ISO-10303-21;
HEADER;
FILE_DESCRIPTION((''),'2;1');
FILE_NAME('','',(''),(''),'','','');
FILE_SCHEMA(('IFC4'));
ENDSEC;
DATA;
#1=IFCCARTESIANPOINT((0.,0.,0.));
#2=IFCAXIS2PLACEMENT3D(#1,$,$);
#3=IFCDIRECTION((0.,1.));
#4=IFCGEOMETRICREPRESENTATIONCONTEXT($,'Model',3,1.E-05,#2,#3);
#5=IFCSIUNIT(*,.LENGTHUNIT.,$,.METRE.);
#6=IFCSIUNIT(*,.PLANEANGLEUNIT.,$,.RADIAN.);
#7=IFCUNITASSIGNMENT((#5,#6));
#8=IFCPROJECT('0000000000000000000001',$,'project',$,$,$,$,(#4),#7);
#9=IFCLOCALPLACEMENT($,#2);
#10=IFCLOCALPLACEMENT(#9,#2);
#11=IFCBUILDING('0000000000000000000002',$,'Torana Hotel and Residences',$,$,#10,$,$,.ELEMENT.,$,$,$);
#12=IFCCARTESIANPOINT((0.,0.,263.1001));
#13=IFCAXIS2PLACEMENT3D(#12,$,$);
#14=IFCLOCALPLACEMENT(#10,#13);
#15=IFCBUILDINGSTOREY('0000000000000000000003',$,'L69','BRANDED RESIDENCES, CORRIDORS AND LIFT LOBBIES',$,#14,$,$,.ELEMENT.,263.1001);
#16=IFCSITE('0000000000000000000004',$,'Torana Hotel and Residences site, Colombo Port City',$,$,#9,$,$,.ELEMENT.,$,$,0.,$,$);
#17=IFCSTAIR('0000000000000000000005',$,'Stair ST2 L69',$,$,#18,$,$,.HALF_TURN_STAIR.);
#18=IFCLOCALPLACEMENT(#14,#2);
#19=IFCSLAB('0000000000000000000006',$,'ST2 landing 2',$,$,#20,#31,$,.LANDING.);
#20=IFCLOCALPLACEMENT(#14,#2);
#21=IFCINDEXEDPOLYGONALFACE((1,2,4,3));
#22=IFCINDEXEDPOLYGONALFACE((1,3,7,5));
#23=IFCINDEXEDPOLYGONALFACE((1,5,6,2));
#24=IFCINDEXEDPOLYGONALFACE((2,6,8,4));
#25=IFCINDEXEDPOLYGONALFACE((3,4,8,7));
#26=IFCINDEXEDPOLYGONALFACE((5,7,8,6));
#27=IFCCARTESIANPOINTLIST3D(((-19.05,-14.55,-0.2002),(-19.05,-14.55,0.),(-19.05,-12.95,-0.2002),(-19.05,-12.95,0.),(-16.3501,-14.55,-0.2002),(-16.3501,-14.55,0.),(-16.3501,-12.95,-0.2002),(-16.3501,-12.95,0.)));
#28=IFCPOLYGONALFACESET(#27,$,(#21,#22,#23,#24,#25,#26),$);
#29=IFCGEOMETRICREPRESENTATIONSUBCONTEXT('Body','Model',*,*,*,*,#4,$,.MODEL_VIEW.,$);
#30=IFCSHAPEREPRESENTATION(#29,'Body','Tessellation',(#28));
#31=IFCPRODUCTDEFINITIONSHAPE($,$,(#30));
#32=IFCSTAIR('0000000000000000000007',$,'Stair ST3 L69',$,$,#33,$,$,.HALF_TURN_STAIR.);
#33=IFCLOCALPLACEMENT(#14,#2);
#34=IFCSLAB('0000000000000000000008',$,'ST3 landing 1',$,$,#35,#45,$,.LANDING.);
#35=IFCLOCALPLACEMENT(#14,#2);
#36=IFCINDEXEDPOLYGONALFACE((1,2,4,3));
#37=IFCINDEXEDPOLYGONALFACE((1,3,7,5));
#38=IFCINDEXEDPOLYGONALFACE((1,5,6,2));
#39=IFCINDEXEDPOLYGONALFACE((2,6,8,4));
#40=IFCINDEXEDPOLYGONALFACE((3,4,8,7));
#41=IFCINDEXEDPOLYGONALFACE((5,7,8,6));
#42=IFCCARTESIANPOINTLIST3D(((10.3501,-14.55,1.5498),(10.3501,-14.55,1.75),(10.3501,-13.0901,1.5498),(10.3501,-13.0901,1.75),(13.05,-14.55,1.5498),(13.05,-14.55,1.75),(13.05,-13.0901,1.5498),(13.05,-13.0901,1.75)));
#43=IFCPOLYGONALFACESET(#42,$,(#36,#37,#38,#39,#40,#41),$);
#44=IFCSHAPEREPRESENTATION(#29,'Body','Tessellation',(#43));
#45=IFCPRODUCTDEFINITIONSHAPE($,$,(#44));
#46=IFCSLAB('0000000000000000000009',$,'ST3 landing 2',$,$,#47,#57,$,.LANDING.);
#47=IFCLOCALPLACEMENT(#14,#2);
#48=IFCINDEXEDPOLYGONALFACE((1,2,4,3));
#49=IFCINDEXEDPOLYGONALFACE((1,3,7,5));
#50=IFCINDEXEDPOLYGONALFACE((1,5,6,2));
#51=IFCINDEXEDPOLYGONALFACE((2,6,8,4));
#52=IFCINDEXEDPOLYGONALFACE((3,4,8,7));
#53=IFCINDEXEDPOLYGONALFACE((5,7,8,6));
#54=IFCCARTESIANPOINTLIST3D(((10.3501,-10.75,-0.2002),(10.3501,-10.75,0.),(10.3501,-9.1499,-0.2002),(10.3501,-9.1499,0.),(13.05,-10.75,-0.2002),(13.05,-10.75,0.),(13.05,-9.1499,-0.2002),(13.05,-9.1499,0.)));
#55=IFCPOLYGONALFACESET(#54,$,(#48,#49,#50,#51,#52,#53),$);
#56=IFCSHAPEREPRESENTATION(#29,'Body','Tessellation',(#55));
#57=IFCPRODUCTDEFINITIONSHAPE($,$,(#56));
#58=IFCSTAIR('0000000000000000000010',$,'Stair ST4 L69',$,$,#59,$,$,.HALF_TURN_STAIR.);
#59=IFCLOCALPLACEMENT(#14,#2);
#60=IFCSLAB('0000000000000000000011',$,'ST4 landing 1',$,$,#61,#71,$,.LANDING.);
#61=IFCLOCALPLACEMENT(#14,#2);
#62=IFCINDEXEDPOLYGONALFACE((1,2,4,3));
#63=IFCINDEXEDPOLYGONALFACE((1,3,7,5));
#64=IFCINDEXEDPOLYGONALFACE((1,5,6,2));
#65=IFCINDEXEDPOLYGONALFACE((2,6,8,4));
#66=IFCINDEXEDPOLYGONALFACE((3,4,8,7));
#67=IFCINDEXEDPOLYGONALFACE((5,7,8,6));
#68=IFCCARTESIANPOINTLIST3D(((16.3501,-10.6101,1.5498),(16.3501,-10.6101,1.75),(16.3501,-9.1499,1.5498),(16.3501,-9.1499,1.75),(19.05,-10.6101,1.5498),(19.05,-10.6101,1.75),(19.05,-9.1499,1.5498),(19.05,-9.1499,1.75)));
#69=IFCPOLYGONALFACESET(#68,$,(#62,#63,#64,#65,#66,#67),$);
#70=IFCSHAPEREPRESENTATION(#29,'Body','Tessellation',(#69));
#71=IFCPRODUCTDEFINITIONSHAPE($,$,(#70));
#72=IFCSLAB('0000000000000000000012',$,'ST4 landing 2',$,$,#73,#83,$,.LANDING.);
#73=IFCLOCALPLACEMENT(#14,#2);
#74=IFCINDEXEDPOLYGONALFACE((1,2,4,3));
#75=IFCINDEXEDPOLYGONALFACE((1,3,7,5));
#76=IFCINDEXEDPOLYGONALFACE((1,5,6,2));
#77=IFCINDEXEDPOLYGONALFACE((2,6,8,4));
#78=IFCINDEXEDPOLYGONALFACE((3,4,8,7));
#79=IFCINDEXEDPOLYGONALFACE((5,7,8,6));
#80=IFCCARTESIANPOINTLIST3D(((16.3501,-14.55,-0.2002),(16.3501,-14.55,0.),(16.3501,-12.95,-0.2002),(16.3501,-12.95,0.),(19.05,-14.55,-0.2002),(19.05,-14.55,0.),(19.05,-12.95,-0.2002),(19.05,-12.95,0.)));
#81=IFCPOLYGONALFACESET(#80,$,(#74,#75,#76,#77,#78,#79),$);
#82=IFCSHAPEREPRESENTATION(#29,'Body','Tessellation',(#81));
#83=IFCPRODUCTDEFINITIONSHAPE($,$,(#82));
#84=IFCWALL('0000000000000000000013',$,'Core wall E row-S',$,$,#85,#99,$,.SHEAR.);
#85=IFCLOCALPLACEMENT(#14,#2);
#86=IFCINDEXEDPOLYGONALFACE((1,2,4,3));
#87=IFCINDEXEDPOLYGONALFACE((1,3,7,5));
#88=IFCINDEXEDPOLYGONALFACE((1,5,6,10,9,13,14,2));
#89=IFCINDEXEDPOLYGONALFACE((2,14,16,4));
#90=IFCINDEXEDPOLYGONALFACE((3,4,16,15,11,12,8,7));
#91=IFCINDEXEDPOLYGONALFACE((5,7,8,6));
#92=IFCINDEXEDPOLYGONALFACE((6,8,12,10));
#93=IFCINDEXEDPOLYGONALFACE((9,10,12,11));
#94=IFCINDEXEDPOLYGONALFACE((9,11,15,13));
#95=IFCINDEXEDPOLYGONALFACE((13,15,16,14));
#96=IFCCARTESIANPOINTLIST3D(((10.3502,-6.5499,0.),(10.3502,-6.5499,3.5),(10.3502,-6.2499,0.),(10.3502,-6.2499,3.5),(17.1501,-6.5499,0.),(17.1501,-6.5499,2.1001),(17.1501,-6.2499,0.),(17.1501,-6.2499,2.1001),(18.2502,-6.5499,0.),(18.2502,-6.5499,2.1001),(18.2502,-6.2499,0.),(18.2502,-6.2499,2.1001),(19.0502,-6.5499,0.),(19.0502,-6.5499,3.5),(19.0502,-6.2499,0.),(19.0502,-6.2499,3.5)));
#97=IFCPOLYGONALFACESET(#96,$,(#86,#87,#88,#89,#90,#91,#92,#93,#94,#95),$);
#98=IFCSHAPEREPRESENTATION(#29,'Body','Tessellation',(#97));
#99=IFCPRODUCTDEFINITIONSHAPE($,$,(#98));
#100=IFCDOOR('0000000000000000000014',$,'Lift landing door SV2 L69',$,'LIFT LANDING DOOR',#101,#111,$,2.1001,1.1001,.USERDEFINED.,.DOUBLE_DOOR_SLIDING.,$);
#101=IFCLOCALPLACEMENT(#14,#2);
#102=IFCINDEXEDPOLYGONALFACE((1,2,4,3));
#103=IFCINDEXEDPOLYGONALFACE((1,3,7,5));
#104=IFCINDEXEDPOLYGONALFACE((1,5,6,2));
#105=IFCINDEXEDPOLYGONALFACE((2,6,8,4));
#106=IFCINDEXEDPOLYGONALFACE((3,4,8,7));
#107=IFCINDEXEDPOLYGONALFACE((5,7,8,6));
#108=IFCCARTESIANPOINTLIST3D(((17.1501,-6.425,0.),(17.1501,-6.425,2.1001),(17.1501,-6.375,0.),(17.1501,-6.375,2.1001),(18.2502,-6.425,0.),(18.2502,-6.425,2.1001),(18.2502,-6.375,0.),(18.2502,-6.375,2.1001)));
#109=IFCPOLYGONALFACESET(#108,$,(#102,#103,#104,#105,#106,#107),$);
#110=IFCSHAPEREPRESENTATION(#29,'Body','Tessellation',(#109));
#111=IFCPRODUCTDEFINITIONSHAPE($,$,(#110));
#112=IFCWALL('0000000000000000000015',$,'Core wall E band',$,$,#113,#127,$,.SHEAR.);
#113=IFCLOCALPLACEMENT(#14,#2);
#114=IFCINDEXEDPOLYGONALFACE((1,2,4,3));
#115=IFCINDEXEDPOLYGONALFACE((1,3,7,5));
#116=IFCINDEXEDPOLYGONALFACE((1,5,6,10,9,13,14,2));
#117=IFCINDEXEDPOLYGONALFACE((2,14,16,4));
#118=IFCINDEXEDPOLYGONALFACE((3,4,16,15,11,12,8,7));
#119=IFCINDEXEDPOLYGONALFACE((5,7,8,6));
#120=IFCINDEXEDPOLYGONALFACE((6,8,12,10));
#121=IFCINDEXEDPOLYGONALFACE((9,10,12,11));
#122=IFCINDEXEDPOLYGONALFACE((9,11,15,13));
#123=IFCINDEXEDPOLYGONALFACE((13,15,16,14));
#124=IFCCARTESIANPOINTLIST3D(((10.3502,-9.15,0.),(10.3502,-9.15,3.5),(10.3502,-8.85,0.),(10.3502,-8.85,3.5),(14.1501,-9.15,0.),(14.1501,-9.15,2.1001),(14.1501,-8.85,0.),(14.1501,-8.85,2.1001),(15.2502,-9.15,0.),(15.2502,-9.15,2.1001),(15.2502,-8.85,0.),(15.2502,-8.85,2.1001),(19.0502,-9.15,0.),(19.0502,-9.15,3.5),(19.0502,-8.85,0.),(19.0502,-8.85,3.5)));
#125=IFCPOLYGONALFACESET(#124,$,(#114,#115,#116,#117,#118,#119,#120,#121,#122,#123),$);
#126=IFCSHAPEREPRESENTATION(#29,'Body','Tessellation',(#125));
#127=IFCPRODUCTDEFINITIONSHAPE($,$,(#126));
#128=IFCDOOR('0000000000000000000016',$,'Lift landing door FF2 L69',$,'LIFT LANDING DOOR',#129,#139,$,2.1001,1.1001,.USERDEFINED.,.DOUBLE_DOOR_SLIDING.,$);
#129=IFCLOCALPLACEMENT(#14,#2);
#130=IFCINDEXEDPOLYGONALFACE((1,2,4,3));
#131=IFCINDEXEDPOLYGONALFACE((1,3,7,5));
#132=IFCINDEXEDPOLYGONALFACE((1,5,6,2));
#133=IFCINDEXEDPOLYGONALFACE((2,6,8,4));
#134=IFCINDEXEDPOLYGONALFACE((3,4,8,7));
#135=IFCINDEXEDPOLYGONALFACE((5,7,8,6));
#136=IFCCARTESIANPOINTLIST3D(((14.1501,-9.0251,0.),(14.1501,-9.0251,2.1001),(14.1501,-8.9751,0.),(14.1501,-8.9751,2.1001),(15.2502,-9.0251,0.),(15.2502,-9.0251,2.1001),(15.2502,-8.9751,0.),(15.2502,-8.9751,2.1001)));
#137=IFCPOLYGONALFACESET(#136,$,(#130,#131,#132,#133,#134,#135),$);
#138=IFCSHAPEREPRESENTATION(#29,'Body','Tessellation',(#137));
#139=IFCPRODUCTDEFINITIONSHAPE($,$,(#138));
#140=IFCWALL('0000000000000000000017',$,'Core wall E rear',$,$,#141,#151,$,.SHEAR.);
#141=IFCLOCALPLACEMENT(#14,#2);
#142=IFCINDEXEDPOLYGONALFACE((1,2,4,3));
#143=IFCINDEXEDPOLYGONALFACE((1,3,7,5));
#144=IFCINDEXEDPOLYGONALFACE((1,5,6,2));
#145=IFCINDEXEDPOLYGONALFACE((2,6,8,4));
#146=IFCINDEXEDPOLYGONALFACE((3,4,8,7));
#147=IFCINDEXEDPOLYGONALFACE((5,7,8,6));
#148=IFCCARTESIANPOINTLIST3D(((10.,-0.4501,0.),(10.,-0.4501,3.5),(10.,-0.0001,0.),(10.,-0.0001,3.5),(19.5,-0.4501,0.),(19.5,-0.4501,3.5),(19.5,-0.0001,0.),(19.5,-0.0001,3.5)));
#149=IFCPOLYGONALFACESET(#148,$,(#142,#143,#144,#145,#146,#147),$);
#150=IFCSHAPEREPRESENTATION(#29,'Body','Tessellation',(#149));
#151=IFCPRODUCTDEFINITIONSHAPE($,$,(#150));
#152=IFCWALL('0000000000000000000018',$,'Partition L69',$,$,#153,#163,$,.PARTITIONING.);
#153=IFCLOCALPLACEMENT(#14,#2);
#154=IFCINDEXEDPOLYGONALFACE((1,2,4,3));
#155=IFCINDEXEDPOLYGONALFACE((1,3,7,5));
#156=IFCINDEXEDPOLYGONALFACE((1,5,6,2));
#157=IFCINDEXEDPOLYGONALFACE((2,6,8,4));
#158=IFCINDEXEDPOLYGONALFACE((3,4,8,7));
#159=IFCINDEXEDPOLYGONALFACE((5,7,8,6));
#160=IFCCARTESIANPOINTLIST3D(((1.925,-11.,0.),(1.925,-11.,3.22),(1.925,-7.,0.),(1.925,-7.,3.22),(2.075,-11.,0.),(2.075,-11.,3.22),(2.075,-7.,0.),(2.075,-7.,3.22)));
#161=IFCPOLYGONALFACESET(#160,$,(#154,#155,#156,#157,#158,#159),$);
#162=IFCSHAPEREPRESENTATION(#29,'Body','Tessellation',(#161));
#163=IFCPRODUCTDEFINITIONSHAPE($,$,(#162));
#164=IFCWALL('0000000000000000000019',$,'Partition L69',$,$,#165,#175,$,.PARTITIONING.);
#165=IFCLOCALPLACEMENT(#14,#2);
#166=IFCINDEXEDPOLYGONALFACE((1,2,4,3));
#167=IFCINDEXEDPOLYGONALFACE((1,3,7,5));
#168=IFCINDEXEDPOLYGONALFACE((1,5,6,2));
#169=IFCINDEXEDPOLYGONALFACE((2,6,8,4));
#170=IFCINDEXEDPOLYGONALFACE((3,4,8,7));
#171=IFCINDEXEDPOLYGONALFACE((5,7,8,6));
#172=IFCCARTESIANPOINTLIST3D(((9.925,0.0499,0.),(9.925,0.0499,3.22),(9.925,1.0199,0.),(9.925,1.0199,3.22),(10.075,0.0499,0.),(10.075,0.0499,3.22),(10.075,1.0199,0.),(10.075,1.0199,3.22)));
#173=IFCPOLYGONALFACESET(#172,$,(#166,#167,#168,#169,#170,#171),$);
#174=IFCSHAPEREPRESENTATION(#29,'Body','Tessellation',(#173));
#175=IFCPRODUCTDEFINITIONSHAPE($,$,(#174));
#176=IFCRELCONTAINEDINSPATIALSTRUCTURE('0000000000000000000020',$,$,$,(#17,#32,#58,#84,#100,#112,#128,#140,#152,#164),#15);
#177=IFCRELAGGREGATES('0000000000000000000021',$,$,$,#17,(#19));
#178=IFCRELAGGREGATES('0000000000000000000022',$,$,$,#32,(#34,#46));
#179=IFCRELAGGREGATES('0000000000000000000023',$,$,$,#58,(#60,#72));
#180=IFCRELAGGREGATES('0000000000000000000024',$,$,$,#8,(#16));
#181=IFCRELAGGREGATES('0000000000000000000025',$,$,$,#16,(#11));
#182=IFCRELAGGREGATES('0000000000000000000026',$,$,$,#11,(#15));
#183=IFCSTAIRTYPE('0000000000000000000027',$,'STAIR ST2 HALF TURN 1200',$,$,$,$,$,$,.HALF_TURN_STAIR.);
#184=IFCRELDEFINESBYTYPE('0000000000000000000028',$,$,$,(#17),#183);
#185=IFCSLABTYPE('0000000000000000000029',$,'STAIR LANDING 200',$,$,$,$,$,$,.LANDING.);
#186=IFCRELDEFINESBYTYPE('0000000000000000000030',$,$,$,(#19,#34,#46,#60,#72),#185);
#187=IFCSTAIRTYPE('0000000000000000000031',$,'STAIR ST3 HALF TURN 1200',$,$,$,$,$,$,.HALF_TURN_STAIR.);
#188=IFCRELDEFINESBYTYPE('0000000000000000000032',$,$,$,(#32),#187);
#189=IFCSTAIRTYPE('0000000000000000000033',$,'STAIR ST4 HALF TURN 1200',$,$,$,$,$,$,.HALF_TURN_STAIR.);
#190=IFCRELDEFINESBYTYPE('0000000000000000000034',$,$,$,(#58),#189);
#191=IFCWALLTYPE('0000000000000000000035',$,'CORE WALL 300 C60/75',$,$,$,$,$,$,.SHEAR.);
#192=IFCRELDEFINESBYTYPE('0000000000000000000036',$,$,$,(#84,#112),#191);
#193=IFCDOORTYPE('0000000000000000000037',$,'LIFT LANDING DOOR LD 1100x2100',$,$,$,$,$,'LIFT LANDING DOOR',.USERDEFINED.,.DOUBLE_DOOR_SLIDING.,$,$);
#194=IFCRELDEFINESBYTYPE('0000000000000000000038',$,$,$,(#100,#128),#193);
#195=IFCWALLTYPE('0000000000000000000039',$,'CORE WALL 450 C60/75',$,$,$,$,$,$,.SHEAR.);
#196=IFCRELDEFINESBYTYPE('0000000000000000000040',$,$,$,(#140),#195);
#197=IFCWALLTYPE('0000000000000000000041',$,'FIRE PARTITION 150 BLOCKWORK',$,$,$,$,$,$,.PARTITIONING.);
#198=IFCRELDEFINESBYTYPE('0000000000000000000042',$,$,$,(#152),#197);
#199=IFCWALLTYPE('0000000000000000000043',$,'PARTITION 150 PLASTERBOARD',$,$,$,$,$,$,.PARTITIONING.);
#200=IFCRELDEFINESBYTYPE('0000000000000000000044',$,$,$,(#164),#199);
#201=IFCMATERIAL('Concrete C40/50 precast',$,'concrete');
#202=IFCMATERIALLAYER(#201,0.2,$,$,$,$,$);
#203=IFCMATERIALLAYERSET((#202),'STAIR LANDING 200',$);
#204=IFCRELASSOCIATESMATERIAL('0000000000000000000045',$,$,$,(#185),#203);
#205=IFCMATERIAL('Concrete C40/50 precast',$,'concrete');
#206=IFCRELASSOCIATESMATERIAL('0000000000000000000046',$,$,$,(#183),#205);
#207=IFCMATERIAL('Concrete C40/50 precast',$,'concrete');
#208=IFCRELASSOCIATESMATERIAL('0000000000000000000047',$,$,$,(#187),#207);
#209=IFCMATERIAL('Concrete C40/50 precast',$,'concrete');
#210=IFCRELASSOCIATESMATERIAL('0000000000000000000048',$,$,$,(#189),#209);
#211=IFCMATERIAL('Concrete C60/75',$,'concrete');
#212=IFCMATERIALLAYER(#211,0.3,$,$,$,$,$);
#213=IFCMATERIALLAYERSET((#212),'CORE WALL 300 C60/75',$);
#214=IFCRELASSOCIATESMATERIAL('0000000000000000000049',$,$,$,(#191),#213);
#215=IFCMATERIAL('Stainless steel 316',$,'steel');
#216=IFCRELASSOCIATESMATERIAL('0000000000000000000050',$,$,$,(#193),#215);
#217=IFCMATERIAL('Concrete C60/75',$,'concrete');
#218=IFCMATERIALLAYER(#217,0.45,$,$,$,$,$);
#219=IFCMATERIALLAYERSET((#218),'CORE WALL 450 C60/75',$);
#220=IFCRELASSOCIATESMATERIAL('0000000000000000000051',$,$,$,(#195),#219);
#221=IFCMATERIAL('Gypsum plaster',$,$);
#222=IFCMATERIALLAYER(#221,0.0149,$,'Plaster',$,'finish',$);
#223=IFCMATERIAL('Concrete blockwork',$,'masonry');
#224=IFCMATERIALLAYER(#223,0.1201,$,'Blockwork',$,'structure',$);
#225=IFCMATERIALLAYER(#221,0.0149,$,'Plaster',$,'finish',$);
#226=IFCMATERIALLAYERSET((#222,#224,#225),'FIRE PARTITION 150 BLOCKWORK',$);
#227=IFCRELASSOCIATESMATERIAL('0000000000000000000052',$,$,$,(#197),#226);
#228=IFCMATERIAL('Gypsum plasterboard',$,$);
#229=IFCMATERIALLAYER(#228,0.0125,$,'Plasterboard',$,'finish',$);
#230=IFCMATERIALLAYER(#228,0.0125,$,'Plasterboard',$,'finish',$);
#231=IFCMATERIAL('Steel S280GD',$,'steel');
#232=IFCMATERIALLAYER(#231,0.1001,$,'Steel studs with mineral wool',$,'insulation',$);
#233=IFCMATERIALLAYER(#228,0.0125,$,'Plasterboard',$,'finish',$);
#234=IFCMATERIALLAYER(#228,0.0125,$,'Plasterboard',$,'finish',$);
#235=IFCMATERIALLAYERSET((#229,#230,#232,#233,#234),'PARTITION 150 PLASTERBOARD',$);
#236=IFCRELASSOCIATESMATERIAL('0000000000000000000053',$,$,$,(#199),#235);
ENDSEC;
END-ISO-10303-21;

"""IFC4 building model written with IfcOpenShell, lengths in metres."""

from ifc_helpers import new_model, si_unit, direction, frame, frame_2d, origin, place, context, subcontext, project, spatial, polyline, rectangle, outline, extrude, material, layer, layer_set, type_object, element, fill, aggregate, save


model = new_model("IFC4")

# Units and contexts
model_context = context("Model", 3, precision=1e-05, world=origin(), true_north=direction((0.0, 1.0)))
body_context = subcontext(model_context, "Body", "Model", "MODEL_VIEW")
ifc_project = project(units=[si_unit("LENGTHUNIT", "METRE"), si_unit("PLANEANGLEUNIT", "RADIAN")], contexts=[model_context])

# Site, building, storey
site_placement = place(None, origin())
site = spatial("IfcSite", under=ifc_project, at=site_placement, Name="Torana Hotel and Residences site, Colombo Port City", CompositionType="ELEMENT", RefElevation=0.0)
building_placement = place(site_placement, origin())
building = spatial("IfcBuilding", under=site, at=building_placement, Name="Torana Hotel and Residences", CompositionType="ELEMENT")
storey_placement = place(building_placement, frame((0.0, 0.0, 263.1001)))
storey = spatial("IfcBuildingStorey", under=building, at=storey_placement, Name="L69", Description="BRANDED RESIDENCES, CORRIDORS AND LIFT LOBBIES", CompositionType="ELEMENT", Elevation=263.1001)

# Stairs, slabs
ifc_material_1 = material(Name="Concrete C40/50 precast", Category="concrete")
ifc_layer_1 = layer(ifc_material_1, 0.2)
ifc_layer_set_1 = layer_set([ifc_layer_1], Name="STAIR LANDING 200")
slab_type_1 = type_object("IfcSlabType", Name="STAIR LANDING 200", PredefinedType="LANDING", material=ifc_layer_set_1)
ifc_material_2 = material(Name="Concrete C40/50 precast", Category="concrete")
stair_type_1 = type_object("IfcStairType", Name="STAIR ST2 HALF TURN 1200", PredefinedType="HALF_TURN_STAIR", material=ifc_material_2)
stair_1_placement = place(storey_placement, origin())
stair_1 = element("IfcStair", 1, at=stair_1_placement, inside=storey, type_object=stair_type_1, Name="Stair ST2 L69", PredefinedType="HALF_TURN_STAIR")
slab_1_placement = place(storey_placement, frame((0.0, 0.0, -0.2002)))
slab_1 = element("IfcSlab", 2, at=slab_1_placement, type_object=slab_type_1, Name="ST2 landing 2", PredefinedType="LANDING", context=body_context, shape_type="SweptSolid", body=[
    extrude(outline(polyline([(-19.05, -14.55), (-16.3501, -14.55), (-16.3501, -12.95), (-19.05, -12.95), (-19.05, -14.55)])), origin(), (0.0, 0.0, 1.0), 0.2002),
])
aggregate(stair_1, [slab_1])
ifc_material_3 = material(Name="Concrete C40/50 precast", Category="concrete")
stair_type_2 = type_object("IfcStairType", Name="STAIR ST3 HALF TURN 1200", PredefinedType="HALF_TURN_STAIR", material=ifc_material_3)
stair_2_placement = place(storey_placement, origin())
stair_2 = element("IfcStair", 3, at=stair_2_placement, inside=storey, type_object=stair_type_2, Name="Stair ST3 L69", PredefinedType="HALF_TURN_STAIR")
slab_2_placement = place(storey_placement, frame((0.0, 0.0, 1.5498)))
slab_2 = element("IfcSlab", 4, at=slab_2_placement, type_object=slab_type_1, Name="ST3 landing 1", PredefinedType="LANDING", context=body_context, shape_type="SweptSolid", body=[
    extrude(outline(polyline([(10.3501, -14.55), (13.05, -14.55), (13.05, -13.0901), (10.3501, -13.0901), (10.3501, -14.55)])), origin(), (0.0, 0.0, 1.0), 0.2002),
])
slab_3_placement = place(storey_placement, frame((0.0, 0.0, -0.2002)))
slab_3 = element("IfcSlab", 5, at=slab_3_placement, type_object=slab_type_1, Name="ST3 landing 2", PredefinedType="LANDING", context=body_context, shape_type="SweptSolid", body=[
    extrude(outline(polyline([(10.3501, -10.75), (13.05, -10.75), (13.05, -9.1499), (10.3501, -9.1499), (10.3501, -10.75)])), origin(), (0.0, 0.0, 1.0), 0.2002),
])
aggregate(stair_2, [slab_2, slab_3])
ifc_material_4 = material(Name="Concrete C40/50 precast", Category="concrete")
stair_type_3 = type_object("IfcStairType", Name="STAIR ST4 HALF TURN 1200", PredefinedType="HALF_TURN_STAIR", material=ifc_material_4)
stair_3_placement = place(storey_placement, origin())
stair_3 = element("IfcStair", 6, at=stair_3_placement, inside=storey, type_object=stair_type_3, Name="Stair ST4 L69", PredefinedType="HALF_TURN_STAIR")
slab_4_placement = place(storey_placement, frame((0.0, 0.0, 1.5498)))
slab_4 = element("IfcSlab", 7, at=slab_4_placement, type_object=slab_type_1, Name="ST4 landing 1", PredefinedType="LANDING", context=body_context, shape_type="SweptSolid", body=[
    extrude(outline(polyline([(16.3501, -10.6101), (19.05, -10.6101), (19.05, -9.1499), (16.3501, -9.1499), (16.3501, -10.6101)])), origin(), (0.0, 0.0, 1.0), 0.2002),
])
slab_5_placement = place(storey_placement, frame((0.0, 0.0, -0.2002)))
slab_5 = element("IfcSlab", 8, at=slab_5_placement, type_object=slab_type_1, Name="ST4 landing 2", PredefinedType="LANDING", context=body_context, shape_type="SweptSolid", body=[
    extrude(outline(polyline([(16.3501, -14.55), (19.05, -14.55), (19.05, -12.95), (16.3501, -12.95), (16.3501, -14.55)])), origin(), (0.0, 0.0, 1.0), 0.2002),
])
aggregate(stair_3, [slab_4, slab_5])

# Walls, openings, doors
ifc_material_5 = material(Name="Concrete C60/75", Category="concrete")
ifc_layer_2 = layer(ifc_material_5, 0.3)
ifc_layer_set_2 = layer_set([ifc_layer_2], Name="CORE WALL 300 C60/75")
wall_type_1 = type_object("IfcWallType", Name="CORE WALL 300 C60/75", PredefinedType="SHEAR", material=ifc_layer_set_2)
wall_1_placement = place(storey_placement, frame((10.3501, -6.3999, 0.0), z_axis=(0.0, 0.0, 1.0), x_axis=(1.0, 0.0, 0.0)))
wall_1 = element("IfcWall", 9, at=wall_1_placement, inside=storey, type_object=wall_type_1, Name="Core wall E row-S", PredefinedType="SHEAR", context=body_context, shape_type="SweptSolid", body=[
    extrude(rectangle(XDim=8.7, YDim=0.3, at=frame_2d((4.3501, 0.0))), origin(), (0.0, 0.0, 1.0), 3.5),
])
opening_1_placement = place(wall_1_placement, frame((6.8, 0.0, 0.0)))
opening_1 = element("IfcOpeningElement", 10, at=opening_1_placement, cuts=wall_1, PredefinedType="OPENING", context=body_context, shape_type="SweptSolid", body=[
    extrude(rectangle(XDim=1.1001, YDim=2.1001, at=frame_2d((0.55, 1.05))), frame((0.0, 0.1599, 0.0), z_axis=(0.0, -1.0, 0.0), x_axis=(1.0, 0.0, 0.0)), (0.0, 0.0, 1.0), 0.3201),
])
ifc_material_6 = material(Name="Stainless steel 316", Category="steel")
door_type = type_object("IfcDoorType", Name="LIFT LANDING DOOR LD 1100x2100", ElementType="LIFT LANDING DOOR", OperationType="DOUBLE_DOOR_SLIDING", PredefinedType="USERDEFINED", material=ifc_material_6)
door_1_placement = place(opening_1_placement, origin())
door_1 = element("IfcDoor", 11, at=door_1_placement, inside=storey, type_object=door_type, Name="Lift landing door SV2 L69", ObjectType="LIFT LANDING DOOR", OperationType="DOUBLE_DOOR_SLIDING", OverallHeight=2.1001, OverallWidth=1.1001, PredefinedType="USERDEFINED", context=body_context, shape_type="SweptSolid", body=[
    extrude(rectangle(XDim=1.1001, YDim=2.1001, at=frame_2d((0.55, 1.05))), frame((0.0, 0.0249, 0.0), z_axis=(0.0, -1.0, 0.0), x_axis=(1.0, 0.0, 0.0)), (0.0, 0.0, 1.0), 0.05),
])
fill(opening_1, door_1)
wall_2_placement = place(storey_placement, frame((10.3501, -9.0, 0.0), z_axis=(0.0, 0.0, 1.0), x_axis=(1.0, 0.0, 0.0)))
wall_2 = element("IfcWall", 12, at=wall_2_placement, inside=storey, type_object=wall_type_1, Name="Core wall E band", PredefinedType="SHEAR", context=body_context, shape_type="SweptSolid", body=[
    extrude(rectangle(XDim=8.7, YDim=0.3, at=frame_2d((4.3501, 0.0))), origin(), (0.0, 0.0, 1.0), 3.5),
])
opening_2_placement = place(wall_2_placement, frame((3.8, 0.0, 0.0)))
opening_2 = element("IfcOpeningElement", 13, at=opening_2_placement, cuts=wall_2, PredefinedType="OPENING", context=body_context, shape_type="SweptSolid", body=[
    extrude(rectangle(XDim=1.1001, YDim=2.1001, at=frame_2d((0.55, 1.05))), frame((0.0, 0.1599, 0.0), z_axis=(0.0, -1.0, 0.0), x_axis=(1.0, 0.0, 0.0)), (0.0, 0.0, 1.0), 0.3201),
])
door_2_placement = place(opening_2_placement, origin())
door_2 = element("IfcDoor", 14, at=door_2_placement, inside=storey, type_object=door_type, Name="Lift landing door FF2 L69", ObjectType="LIFT LANDING DOOR", OperationType="DOUBLE_DOOR_SLIDING", OverallHeight=2.1001, OverallWidth=1.1001, PredefinedType="USERDEFINED", context=body_context, shape_type="SweptSolid", body=[
    extrude(rectangle(XDim=1.1001, YDim=2.1001, at=frame_2d((0.55, 1.05))), frame((0.0, 0.0249, 0.0), z_axis=(0.0, -1.0, 0.0), x_axis=(1.0, 0.0, 0.0)), (0.0, 0.0, 1.0), 0.05),
])
fill(opening_2, door_2)

# Walls
ifc_material_7 = material(Name="Concrete C60/75", Category="concrete")
ifc_layer_3 = layer(ifc_material_7, 0.45)
ifc_layer_set_3 = layer_set([ifc_layer_3], Name="CORE WALL 450 C60/75")
wall_type_2 = type_object("IfcWallType", Name="CORE WALL 450 C60/75", PredefinedType="SHEAR", material=ifc_layer_set_3)
wall_3_placement = place(storey_placement, frame((10.0, -0.2251, 0.0), z_axis=(0.0, 0.0, 1.0), x_axis=(1.0, 0.0, 0.0)))
element("IfcWall", 15, at=wall_3_placement, inside=storey, type_object=wall_type_2, Name="Core wall E rear", PredefinedType="SHEAR", context=body_context, shape_type="SweptSolid", body=[
    extrude(rectangle(XDim=9.5, YDim=0.45, at=frame_2d((4.75, 0.0))), origin(), (0.0, 0.0, 1.0), 3.5),
])
ifc_material_8 = material(Name="Gypsum plaster")
ifc_layer_4 = layer(ifc_material_8, 0.0149, Name="Plaster", Category="finish")
ifc_material_9 = material(Name="Concrete blockwork", Category="masonry")
ifc_layer_5 = layer(ifc_material_9, 0.1201, Name="Blockwork", Category="structure")
ifc_layer_6 = layer(ifc_material_8, 0.0149, Name="Plaster", Category="finish")
ifc_layer_set_4 = layer_set([ifc_layer_4, ifc_layer_5, ifc_layer_6], Name="FIRE PARTITION 150 BLOCKWORK")
wall_type_3 = type_object("IfcWallType", Name="FIRE PARTITION 150 BLOCKWORK", PredefinedType="PARTITIONING", material=ifc_layer_set_4)
wall_4_placement = place(storey_placement, frame((2.0, -11.0, 0.0), z_axis=(0.0, 0.0, 1.0), x_axis=(0.0, 1.0, 0.0)))
element("IfcWall", 16, at=wall_4_placement, inside=storey, type_object=wall_type_3, Name="Partition L69", PredefinedType="PARTITIONING", context=body_context, shape_type="SweptSolid", body=[
    extrude(rectangle(XDim=4.0, YDim=0.1499, at=frame_2d((2.0, 0.0))), origin(), (0.0, 0.0, 1.0), 3.22),
])
ifc_material_10 = material(Name="Gypsum plasterboard")
ifc_layer_7 = layer(ifc_material_10, 0.0125, Name="Plasterboard", Category="finish")
ifc_layer_8 = layer(ifc_material_10, 0.0125, Name="Plasterboard", Category="finish")
ifc_material_11 = material(Name="Steel S280GD", Category="steel")
ifc_layer_9 = layer(ifc_material_11, 0.1001, Name="Steel studs with mineral wool", Category="insulation")
ifc_layer_10 = layer(ifc_material_10, 0.0125, Name="Plasterboard", Category="finish")
ifc_layer_11 = layer(ifc_material_10, 0.0125, Name="Plasterboard", Category="finish")
ifc_layer_set_5 = layer_set([ifc_layer_7, ifc_layer_8, ifc_layer_9, ifc_layer_10, ifc_layer_11], Name="PARTITION 150 PLASTERBOARD")
wall_type_4 = type_object("IfcWallType", Name="PARTITION 150 PLASTERBOARD", PredefinedType="PARTITIONING", material=ifc_layer_set_5)
wall_5_placement = place(storey_placement, frame((10.0, 0.05, 0.0), z_axis=(0.0, 0.0, 1.0), x_axis=(0.0, 1.0, 0.0)))
element("IfcWall", 17, at=wall_5_placement, inside=storey, type_object=wall_type_4, Name="Partition L69", PredefinedType="PARTITIONING", context=body_context, shape_type="SweptSolid", body=[
    extrude(rectangle(XDim=0.97, YDim=0.1499, at=frame_2d((0.4849, 0.0))), origin(), (0.0, 0.0, 1.0), 3.22),
])

save(model, "model.ifc")
